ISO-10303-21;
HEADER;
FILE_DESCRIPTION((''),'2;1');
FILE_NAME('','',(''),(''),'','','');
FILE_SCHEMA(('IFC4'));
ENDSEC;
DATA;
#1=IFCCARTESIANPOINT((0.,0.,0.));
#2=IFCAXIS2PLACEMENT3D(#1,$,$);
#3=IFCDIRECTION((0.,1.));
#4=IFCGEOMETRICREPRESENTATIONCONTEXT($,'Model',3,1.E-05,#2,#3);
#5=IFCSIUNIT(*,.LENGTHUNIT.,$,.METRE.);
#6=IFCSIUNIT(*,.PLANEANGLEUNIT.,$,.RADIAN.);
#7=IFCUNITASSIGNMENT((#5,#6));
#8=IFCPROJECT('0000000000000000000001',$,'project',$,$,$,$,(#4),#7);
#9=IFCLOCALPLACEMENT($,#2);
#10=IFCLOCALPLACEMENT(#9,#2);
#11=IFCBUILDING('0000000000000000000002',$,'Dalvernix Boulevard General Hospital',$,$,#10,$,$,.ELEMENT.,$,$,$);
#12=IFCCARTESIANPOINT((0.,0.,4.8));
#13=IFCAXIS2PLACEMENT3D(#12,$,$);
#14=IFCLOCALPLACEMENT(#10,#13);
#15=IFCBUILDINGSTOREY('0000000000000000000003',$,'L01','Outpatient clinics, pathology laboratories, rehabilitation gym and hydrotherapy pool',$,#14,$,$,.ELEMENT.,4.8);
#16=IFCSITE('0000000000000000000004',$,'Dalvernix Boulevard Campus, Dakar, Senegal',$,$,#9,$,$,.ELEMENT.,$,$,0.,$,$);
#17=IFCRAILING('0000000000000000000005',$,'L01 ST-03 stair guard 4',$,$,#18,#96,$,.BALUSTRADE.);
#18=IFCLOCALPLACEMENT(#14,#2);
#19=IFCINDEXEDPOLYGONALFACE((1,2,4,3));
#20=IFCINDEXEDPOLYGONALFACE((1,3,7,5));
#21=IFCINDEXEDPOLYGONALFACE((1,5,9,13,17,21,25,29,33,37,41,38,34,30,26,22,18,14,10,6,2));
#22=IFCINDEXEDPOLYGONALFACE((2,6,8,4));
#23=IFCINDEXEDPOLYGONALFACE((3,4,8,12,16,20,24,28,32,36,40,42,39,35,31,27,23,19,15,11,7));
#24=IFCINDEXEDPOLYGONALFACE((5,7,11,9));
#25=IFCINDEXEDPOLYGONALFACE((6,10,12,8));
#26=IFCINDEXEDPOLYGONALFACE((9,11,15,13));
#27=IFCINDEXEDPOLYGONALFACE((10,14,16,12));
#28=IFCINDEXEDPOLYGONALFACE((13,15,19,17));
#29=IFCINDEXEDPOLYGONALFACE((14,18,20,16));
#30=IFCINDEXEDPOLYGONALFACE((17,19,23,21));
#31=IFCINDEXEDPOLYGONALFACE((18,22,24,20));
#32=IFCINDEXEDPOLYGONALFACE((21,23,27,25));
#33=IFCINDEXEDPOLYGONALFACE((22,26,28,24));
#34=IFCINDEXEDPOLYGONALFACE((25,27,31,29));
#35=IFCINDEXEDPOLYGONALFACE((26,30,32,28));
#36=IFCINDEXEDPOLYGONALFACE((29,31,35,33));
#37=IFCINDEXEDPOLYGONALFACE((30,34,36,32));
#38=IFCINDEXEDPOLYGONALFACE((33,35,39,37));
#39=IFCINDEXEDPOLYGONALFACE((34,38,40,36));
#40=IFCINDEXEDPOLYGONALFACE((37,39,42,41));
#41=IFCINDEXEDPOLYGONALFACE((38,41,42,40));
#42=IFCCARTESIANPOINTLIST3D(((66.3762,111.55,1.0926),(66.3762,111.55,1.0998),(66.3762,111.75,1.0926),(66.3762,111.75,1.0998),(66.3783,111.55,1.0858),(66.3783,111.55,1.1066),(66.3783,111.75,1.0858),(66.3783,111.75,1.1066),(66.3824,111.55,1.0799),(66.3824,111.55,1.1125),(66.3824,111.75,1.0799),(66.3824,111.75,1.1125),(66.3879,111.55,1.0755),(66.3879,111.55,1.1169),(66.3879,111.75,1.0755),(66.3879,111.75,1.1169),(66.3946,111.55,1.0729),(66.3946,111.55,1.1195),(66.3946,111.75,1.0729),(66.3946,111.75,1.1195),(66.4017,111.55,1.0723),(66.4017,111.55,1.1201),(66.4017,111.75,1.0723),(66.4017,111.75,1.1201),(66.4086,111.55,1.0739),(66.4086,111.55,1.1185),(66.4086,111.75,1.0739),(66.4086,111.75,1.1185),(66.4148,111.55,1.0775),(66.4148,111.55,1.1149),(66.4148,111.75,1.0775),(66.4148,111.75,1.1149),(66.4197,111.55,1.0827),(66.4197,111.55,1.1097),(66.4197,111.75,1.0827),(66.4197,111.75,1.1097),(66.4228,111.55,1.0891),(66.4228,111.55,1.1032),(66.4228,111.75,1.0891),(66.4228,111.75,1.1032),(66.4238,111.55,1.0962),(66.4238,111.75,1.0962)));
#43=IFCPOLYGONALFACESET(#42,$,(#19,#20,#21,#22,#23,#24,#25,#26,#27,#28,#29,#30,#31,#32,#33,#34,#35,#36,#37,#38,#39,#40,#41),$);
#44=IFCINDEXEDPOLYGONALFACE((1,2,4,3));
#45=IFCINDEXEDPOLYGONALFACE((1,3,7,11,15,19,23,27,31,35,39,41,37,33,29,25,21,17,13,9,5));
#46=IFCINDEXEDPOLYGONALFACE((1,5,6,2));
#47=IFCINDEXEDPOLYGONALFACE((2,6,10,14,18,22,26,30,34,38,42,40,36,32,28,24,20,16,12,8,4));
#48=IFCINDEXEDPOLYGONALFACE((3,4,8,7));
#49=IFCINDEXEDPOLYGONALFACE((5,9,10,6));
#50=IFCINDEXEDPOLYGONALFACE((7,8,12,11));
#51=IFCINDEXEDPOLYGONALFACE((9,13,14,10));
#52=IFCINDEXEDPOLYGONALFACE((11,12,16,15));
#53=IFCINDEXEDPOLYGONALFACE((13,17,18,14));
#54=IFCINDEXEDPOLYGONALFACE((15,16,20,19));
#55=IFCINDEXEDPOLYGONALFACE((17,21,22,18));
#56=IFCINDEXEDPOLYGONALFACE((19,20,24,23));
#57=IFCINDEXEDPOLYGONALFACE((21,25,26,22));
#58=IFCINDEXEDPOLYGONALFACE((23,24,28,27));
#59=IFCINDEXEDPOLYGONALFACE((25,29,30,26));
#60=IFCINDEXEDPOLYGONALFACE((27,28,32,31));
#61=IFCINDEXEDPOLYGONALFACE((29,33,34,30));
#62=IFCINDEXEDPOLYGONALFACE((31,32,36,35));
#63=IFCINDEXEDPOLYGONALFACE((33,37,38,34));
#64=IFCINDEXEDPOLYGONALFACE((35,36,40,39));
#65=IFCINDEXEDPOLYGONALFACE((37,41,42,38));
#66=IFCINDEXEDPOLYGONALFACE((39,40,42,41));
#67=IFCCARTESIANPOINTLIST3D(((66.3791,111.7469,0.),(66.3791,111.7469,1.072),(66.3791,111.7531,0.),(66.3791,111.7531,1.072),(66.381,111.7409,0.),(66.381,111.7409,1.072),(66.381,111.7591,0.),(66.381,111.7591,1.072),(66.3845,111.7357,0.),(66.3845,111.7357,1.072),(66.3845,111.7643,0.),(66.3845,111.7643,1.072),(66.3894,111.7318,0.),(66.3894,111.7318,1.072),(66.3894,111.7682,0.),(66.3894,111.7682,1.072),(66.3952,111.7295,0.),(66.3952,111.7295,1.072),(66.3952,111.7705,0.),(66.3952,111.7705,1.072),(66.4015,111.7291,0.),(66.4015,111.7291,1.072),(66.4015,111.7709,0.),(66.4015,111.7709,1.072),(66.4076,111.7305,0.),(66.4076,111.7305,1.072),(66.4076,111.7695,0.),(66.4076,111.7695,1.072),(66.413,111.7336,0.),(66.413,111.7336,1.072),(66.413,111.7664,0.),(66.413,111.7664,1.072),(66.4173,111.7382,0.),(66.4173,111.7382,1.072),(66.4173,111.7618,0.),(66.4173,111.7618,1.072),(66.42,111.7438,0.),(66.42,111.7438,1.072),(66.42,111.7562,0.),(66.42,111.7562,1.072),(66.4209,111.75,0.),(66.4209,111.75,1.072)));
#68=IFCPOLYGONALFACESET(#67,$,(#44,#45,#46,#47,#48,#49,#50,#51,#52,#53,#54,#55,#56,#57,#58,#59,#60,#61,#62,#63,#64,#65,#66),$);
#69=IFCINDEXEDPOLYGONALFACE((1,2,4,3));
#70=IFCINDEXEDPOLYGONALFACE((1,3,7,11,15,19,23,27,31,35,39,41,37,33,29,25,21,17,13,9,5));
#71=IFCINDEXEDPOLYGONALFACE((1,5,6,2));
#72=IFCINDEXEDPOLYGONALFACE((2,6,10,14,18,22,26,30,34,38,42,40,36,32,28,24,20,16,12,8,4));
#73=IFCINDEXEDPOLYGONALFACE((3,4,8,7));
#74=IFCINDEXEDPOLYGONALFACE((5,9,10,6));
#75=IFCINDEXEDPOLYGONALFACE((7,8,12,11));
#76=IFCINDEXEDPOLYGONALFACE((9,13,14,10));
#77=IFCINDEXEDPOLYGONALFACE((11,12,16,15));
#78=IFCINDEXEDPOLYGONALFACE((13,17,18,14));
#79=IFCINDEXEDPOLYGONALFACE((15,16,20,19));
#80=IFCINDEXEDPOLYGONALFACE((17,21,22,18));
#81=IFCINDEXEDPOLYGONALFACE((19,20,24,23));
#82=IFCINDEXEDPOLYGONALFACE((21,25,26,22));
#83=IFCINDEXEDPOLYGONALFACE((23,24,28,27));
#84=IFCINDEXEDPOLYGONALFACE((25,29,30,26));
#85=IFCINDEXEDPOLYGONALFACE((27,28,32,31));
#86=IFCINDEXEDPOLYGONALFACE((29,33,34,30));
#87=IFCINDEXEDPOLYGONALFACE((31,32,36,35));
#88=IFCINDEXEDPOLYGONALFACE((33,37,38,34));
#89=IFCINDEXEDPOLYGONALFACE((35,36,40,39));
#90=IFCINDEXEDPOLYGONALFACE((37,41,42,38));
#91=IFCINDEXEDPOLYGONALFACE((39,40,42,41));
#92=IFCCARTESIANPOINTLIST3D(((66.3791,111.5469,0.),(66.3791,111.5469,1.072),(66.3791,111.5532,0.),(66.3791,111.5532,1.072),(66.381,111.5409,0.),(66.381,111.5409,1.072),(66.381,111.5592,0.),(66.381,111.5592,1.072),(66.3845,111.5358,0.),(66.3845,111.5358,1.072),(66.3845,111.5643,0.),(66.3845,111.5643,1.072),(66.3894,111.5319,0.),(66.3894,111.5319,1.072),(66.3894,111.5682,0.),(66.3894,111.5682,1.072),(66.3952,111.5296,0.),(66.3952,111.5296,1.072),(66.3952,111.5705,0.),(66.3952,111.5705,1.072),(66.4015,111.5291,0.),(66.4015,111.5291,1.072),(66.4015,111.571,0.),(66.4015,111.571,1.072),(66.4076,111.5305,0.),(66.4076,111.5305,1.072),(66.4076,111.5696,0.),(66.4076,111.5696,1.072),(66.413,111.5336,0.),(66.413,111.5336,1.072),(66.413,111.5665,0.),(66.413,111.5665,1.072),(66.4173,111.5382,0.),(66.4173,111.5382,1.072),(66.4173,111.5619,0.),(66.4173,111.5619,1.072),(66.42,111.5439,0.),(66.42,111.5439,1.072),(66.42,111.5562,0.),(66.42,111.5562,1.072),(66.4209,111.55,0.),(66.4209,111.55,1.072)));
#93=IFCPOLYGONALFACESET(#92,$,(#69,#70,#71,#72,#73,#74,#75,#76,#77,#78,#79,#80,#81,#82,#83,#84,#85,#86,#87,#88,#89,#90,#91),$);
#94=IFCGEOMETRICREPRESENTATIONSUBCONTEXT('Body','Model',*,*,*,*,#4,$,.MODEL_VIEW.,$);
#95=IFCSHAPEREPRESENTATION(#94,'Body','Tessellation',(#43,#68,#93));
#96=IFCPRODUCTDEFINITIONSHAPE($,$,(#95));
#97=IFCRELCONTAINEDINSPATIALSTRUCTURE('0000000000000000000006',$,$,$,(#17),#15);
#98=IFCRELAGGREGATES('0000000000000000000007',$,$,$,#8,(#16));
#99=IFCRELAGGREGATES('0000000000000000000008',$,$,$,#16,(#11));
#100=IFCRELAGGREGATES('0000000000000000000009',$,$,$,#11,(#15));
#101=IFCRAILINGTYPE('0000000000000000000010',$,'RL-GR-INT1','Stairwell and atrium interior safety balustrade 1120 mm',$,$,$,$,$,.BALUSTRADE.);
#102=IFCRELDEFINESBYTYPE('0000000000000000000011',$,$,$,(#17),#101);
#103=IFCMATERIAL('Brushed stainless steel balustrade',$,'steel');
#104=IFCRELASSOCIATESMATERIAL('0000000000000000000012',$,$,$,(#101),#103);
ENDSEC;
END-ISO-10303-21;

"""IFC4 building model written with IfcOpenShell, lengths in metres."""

from ifc_helpers import new_model, si_unit, direction, frame, origin, origin_2d, place, context, subcontext, project, spatial, circle, extrude, material, type_object, element, save


model = new_model("IFC4")

# Units and contexts
model_context = context("Model", 3, precision=1e-05, world=origin(), true_north=direction((0.0, 1.0)))
body_context = subcontext(model_context, "Body", "Model", "MODEL_VIEW")
ifc_project = project(units=[si_unit("LENGTHUNIT", "METRE"), si_unit("PLANEANGLEUNIT", "RADIAN")], contexts=[model_context])

# Site, building, storey
site_placement = place(None, origin())
site = spatial("IfcSite", under=ifc_project, at=site_placement, Name="Dalvernix Boulevard Campus, Dakar, Senegal", CompositionType="ELEMENT", RefElevation=0.0)
building_placement = place(site_placement, origin())
building = spatial("IfcBuilding", under=site, at=building_placement, Name="Dalvernix Boulevard General Hospital", CompositionType="ELEMENT")
storey_placement = place(building_placement, frame((0.0, 0.0, 4.8)))
storey = spatial("IfcBuildingStorey", under=building, at=storey_placement, Name="L01", Description="Outpatient clinics, pathology laboratories, rehabilitation gym and hydrotherapy pool", CompositionType="ELEMENT", Elevation=4.8)

# Railing
ifc_material_1 = material(Name="Brushed stainless steel balustrade", Category="steel")
railing_type_1 = type_object("IfcRailingType", Name="RL-GR-INT1", Description="Stairwell and atrium interior safety balustrade 1120 mm", PredefinedType="BALUSTRADE", material=ifc_material_1)
railing_1_placement = place(storey_placement, frame((66.3999, 111.75, 0.0)))
element("IfcRailing", 1, at=railing_1_placement, inside=storey, type_object=railing_type_1, Name="L01 ST-03 stair guard 4", PredefinedType="BALUSTRADE", context=body_context, shape_type="SweptSolid", body=[
    extrude(circle(Radius=0.0239, at=origin_2d()), frame((0.0, 0.0, 1.0962), z_axis=(0.0, -1.0, 0.0), x_axis=(1.0, 0.0, 0.0)), (0.0, 0.0, 1.0), 0.2),
    extrude(circle(Radius=0.021, at=origin_2d()), origin(), (0.0, 0.0, 1.0), 1.072),
    extrude(circle(Radius=0.021, at=origin_2d()), frame((0.0, -0.2, 0.0)), (0.0, 0.0, 1.0), 1.072),
])

save(model, "model.ifc")
